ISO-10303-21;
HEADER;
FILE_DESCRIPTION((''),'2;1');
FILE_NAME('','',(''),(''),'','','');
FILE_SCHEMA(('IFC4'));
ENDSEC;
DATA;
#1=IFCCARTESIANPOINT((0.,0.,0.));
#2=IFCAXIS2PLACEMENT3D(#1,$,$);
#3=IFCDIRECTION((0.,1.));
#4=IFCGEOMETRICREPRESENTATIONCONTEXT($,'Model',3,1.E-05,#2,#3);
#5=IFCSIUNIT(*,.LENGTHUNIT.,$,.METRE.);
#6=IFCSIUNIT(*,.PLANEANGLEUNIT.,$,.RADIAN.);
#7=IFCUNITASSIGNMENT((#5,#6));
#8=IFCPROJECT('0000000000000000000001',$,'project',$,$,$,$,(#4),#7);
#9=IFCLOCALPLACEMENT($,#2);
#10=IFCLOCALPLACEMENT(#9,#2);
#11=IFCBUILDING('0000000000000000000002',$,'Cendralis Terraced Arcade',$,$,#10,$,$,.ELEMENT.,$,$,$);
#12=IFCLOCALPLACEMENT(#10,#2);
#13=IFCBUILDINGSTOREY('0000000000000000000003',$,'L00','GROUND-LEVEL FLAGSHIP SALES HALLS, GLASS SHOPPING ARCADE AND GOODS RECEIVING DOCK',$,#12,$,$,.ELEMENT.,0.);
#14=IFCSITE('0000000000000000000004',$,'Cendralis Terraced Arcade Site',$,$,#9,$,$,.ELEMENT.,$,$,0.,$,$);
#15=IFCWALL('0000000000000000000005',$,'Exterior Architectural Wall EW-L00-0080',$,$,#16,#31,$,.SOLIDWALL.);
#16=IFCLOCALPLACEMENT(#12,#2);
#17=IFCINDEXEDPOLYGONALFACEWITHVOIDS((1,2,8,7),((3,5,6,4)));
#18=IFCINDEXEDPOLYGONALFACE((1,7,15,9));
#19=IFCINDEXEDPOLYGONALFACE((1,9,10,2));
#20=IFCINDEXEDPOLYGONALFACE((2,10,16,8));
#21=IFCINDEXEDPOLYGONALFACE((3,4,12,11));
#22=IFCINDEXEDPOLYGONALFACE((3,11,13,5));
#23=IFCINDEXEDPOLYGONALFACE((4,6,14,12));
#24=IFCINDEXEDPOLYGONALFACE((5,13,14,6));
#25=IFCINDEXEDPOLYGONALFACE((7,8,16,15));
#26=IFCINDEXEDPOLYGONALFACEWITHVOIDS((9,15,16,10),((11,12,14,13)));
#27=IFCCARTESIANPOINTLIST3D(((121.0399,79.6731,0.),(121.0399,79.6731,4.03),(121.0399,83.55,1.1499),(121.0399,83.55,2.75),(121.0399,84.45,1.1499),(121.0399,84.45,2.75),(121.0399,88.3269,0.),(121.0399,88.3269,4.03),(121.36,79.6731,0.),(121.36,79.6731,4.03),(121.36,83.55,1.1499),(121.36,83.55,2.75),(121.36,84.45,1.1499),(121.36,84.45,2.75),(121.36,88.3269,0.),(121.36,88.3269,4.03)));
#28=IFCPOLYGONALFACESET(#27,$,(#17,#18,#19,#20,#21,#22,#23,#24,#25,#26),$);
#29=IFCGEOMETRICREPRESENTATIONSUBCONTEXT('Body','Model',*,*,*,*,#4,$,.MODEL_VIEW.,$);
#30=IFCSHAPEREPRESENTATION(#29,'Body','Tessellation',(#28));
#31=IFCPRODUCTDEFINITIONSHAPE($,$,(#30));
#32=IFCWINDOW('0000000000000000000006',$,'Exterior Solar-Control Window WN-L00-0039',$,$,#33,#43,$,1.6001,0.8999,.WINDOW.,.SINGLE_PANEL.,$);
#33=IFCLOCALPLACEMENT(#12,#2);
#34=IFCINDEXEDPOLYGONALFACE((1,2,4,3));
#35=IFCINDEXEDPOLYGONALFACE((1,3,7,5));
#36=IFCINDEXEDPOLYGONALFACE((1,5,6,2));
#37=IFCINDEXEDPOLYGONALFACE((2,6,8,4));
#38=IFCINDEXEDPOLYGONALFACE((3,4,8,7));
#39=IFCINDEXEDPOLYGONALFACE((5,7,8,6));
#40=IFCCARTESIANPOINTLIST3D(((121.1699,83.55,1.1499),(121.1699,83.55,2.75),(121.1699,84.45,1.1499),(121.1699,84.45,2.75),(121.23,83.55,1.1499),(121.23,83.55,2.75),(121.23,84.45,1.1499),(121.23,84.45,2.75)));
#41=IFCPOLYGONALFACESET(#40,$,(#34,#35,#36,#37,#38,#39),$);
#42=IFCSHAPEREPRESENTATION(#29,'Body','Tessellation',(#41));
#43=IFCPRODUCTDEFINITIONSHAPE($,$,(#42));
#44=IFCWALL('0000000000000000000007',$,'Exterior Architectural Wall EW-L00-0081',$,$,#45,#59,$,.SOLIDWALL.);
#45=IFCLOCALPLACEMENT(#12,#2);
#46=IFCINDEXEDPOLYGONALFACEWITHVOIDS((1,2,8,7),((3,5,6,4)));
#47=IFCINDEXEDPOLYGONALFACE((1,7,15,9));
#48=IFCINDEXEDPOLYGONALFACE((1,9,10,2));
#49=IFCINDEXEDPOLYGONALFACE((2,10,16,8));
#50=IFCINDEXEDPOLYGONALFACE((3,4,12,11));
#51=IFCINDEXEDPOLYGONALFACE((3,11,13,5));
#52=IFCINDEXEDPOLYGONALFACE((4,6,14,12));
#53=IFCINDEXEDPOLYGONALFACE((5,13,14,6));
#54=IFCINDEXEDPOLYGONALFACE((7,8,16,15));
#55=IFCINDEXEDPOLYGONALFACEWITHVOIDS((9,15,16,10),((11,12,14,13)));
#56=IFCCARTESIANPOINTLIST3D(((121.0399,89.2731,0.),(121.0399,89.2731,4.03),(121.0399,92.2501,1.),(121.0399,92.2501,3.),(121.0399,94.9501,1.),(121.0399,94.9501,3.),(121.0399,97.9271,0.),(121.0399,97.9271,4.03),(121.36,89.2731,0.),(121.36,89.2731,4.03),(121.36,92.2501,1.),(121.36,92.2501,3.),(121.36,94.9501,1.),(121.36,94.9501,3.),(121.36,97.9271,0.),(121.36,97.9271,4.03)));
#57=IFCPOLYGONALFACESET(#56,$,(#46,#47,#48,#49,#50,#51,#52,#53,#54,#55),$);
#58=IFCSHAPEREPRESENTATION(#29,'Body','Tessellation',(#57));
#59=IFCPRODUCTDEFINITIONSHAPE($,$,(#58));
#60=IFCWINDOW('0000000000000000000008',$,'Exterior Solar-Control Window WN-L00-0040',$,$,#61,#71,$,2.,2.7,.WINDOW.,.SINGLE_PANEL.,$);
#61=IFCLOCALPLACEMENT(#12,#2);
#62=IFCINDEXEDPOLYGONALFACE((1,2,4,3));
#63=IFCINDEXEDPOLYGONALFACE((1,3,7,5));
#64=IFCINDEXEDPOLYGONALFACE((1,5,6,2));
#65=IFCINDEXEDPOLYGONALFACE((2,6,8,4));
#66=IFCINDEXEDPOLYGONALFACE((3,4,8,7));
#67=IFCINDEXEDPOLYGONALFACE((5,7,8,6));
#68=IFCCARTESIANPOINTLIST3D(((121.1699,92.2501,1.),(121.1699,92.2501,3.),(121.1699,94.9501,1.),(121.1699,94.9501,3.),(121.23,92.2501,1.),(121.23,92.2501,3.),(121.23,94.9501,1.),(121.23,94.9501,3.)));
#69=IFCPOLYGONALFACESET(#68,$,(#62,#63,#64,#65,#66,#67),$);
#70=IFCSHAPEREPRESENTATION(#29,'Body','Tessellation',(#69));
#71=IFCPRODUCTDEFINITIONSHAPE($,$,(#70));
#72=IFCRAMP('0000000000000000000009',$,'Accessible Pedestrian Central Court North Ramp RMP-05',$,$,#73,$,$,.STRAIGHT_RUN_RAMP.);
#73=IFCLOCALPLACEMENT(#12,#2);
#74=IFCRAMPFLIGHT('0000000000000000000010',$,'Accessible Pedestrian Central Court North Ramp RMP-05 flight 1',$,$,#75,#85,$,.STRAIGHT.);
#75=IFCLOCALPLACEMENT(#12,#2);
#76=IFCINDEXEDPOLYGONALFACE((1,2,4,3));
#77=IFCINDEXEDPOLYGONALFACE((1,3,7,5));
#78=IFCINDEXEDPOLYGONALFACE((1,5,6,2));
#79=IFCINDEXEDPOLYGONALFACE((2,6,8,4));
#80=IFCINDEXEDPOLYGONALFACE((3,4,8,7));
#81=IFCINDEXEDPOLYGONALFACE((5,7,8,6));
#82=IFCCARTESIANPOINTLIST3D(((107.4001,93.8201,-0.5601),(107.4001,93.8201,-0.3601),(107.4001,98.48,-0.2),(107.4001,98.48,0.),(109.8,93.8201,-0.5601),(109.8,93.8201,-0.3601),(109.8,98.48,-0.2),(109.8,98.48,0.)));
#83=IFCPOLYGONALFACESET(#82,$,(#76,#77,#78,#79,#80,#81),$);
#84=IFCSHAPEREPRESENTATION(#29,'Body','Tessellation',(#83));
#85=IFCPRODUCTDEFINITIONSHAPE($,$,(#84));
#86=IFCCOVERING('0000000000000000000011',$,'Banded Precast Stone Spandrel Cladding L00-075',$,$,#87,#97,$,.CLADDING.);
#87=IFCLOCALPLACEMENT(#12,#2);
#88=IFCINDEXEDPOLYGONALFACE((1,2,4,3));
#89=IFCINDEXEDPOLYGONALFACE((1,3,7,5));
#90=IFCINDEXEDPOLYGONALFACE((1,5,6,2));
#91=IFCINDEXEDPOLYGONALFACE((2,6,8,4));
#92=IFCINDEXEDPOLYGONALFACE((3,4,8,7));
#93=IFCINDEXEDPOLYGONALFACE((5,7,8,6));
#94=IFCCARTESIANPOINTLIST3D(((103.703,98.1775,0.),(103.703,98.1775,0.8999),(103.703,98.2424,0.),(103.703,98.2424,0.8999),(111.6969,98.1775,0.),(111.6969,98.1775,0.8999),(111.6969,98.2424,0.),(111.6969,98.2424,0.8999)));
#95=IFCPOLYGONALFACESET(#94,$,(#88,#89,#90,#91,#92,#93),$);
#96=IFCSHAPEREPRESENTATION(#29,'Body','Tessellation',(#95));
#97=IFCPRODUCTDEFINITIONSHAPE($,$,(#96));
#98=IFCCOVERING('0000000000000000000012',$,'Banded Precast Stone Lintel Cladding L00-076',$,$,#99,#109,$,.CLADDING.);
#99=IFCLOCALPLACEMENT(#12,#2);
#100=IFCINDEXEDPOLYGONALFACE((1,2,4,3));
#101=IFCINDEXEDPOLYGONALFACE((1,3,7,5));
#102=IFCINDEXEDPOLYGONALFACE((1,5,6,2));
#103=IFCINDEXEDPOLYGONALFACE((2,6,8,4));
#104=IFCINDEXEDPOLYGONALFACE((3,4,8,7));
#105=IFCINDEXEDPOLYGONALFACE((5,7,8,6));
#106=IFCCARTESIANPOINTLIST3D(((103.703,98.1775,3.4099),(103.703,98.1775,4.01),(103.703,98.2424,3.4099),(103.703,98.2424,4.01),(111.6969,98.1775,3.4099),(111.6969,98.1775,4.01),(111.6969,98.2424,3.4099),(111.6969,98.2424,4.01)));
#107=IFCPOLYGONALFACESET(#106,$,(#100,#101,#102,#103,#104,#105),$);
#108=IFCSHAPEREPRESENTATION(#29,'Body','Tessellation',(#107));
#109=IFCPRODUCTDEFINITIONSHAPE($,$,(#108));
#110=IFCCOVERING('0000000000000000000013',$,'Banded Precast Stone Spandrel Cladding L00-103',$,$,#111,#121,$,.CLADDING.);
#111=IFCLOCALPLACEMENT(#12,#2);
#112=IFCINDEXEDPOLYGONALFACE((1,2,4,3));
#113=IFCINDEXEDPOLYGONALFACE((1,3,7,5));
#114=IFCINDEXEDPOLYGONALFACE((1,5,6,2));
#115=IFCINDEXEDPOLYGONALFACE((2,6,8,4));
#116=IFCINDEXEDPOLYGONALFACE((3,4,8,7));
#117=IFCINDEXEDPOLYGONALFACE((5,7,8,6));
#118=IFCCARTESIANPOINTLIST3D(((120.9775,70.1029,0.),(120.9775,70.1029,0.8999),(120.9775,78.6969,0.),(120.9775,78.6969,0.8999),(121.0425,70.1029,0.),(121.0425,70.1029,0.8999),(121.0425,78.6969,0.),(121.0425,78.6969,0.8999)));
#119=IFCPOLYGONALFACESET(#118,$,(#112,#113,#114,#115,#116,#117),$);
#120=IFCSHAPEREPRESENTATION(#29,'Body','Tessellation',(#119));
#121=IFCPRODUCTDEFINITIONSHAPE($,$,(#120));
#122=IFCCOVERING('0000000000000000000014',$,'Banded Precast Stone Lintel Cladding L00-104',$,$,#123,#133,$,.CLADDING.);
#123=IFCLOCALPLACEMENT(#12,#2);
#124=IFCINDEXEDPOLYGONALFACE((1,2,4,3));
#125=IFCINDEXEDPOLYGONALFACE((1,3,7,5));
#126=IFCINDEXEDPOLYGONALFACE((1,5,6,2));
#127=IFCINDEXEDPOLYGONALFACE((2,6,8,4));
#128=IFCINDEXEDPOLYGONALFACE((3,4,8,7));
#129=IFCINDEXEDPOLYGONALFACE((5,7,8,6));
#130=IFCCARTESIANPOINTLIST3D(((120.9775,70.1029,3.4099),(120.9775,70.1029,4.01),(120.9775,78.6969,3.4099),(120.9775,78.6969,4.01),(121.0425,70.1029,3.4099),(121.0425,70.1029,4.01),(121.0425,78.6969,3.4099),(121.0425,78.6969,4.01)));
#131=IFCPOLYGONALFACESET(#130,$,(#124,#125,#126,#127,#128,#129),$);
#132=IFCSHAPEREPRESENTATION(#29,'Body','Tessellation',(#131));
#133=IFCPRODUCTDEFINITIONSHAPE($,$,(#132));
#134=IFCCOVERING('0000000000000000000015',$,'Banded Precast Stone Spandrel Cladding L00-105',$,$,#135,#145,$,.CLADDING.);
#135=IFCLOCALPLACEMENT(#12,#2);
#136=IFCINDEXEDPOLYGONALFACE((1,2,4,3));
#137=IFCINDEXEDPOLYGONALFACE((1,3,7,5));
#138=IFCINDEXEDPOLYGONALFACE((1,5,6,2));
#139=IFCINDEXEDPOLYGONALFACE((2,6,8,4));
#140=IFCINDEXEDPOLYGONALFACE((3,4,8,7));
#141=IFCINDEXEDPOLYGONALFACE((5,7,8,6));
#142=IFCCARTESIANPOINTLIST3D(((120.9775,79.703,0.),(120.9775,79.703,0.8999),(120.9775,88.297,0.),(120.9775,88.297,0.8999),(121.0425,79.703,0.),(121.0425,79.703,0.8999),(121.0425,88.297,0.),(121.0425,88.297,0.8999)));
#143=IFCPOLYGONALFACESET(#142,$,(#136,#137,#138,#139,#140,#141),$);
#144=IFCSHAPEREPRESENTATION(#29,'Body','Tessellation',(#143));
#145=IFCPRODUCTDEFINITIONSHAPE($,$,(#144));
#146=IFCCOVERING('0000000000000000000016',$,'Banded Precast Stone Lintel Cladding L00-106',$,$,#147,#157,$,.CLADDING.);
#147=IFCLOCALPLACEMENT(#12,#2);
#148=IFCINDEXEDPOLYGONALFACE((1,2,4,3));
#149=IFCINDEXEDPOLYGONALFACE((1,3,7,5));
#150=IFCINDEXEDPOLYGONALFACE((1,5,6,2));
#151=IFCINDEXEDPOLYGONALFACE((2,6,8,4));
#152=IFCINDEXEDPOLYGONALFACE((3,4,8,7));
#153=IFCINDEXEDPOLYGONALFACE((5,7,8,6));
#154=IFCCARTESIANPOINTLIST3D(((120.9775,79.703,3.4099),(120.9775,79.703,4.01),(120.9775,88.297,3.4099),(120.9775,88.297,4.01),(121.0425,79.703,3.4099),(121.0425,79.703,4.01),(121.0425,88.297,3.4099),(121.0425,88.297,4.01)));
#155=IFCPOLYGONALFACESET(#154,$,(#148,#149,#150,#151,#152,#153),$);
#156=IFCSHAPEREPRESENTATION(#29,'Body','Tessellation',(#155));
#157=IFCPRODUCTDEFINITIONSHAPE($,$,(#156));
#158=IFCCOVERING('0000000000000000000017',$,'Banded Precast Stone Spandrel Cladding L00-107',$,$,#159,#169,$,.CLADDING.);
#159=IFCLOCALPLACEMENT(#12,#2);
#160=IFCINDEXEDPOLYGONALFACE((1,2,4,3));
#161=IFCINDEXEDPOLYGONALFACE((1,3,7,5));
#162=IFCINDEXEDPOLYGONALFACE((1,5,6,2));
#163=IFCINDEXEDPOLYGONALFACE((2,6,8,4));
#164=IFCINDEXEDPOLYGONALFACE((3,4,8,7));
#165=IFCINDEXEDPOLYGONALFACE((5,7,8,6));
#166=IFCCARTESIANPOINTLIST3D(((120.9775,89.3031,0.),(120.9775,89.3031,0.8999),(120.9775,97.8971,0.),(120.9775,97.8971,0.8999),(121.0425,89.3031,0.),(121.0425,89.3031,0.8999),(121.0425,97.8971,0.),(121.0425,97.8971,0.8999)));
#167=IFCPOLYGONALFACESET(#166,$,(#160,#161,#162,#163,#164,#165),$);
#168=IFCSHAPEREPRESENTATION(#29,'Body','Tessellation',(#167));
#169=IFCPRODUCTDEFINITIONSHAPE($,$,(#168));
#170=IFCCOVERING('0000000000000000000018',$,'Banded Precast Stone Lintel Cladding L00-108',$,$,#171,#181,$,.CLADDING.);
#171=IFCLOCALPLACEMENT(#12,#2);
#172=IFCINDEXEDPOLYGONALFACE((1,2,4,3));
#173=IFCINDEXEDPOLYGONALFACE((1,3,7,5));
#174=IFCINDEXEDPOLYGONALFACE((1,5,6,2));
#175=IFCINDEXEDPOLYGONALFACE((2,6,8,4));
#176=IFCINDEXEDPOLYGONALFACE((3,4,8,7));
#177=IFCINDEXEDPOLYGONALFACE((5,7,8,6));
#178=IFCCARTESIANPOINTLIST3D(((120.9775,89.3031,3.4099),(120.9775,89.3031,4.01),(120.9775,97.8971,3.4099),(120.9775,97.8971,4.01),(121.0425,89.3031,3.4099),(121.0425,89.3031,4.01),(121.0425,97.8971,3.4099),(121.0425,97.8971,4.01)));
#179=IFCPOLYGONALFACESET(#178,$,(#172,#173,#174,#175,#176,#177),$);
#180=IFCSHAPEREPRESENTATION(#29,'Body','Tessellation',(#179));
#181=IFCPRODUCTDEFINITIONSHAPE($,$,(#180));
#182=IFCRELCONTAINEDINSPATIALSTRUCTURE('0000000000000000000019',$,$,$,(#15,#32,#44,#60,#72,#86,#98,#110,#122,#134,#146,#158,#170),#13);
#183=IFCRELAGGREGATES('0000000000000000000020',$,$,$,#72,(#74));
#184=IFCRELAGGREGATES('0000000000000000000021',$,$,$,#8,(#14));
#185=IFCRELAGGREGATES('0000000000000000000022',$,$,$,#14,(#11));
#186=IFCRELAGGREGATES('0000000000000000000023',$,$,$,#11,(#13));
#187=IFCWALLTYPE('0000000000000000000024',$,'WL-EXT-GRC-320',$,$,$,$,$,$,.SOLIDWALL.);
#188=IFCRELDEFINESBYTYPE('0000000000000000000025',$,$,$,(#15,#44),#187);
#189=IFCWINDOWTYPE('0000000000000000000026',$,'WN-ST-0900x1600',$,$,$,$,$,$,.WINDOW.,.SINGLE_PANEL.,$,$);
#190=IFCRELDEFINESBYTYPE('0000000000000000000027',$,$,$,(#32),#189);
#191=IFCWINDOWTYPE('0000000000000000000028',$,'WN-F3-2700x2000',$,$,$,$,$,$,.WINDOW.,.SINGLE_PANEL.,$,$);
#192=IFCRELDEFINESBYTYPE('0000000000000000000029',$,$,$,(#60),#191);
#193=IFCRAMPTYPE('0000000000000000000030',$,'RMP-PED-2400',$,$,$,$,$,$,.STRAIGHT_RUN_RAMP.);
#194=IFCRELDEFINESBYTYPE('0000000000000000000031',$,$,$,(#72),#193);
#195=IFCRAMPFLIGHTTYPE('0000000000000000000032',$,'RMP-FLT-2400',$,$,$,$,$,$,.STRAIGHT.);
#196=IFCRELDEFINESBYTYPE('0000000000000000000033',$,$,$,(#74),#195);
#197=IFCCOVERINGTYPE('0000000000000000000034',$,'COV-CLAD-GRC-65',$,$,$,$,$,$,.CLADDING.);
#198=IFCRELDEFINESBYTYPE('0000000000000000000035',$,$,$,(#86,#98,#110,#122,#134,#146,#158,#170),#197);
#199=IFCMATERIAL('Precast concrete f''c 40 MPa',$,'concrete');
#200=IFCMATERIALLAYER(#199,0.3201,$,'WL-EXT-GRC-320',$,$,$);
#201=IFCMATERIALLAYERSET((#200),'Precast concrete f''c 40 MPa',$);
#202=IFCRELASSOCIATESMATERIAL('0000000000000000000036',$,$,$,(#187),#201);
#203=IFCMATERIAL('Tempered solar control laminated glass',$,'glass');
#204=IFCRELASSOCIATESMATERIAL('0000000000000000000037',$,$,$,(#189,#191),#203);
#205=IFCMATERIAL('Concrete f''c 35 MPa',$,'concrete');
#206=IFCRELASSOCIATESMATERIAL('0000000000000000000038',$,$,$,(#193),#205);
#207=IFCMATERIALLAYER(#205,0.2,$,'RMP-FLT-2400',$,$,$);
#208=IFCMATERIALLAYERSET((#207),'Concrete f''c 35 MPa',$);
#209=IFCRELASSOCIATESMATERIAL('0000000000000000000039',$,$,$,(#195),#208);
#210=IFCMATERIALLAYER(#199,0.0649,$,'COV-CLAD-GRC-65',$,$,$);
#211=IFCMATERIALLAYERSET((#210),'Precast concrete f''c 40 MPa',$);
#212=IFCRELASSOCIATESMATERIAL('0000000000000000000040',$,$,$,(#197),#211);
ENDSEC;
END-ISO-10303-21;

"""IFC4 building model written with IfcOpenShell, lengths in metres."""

from ifc_helpers import new_model, si_unit, direction, frame, frame_2d, origin, origin_2d, place, context, subcontext, project, spatial, polyline, rectangle, outline, extrude, material, layer, layer_set, type_object, element, fill, aggregate, save


model = new_model("IFC4")

# Units and contexts
model_context = context("Model", 3, precision=1e-05, world=origin(), true_north=direction((0.0, 1.0)))
body_context = subcontext(model_context, "Body", "Model", "MODEL_VIEW")
ifc_project = project(units=[si_unit("LENGTHUNIT", "METRE"), si_unit("PLANEANGLEUNIT", "RADIAN")], contexts=[model_context])

# Site, building, storey
site_placement = place(None, origin())
site = spatial("IfcSite", under=ifc_project, at=site_placement, Name="Cendralis Terraced Arcade Site", CompositionType="ELEMENT", RefElevation=0.0)
building_placement = place(site_placement, origin())
building = spatial("IfcBuilding", under=site, at=building_placement, Name="Cendralis Terraced Arcade", CompositionType="ELEMENT")
storey_placement = place(building_placement, origin())
storey = spatial("IfcBuildingStorey", under=building, at=storey_placement, Name="L00", Description="GROUND-LEVEL FLAGSHIP SALES HALLS, GLASS SHOPPING ARCADE AND GOODS RECEIVING DOCK", CompositionType="ELEMENT", Elevation=0.0)

# Shared definitions
ifc_material_1 = material(Name="Concrete f'c 35 MPa", Category="concrete")

# Shared definitions
ifc_material_2 = material(Name="Precast concrete f'c 40 MPa", Category="concrete")
ifc_layer_1 = layer(ifc_material_2, 0.3201, Name="WL-EXT-GRC-320")
ifc_layer_set_1 = layer_set([ifc_layer_1], Name="Precast concrete f'c 40 MPa")
wall_type = type_object("IfcWallType", Name="WL-EXT-GRC-320", PredefinedType="SOLIDWALL", material=ifc_layer_set_1)

# Walls, openings, windows
ifc_material_3 = material(Name="Tempered solar control laminated glass", Category="glass")
wall_1_placement = place(storey_placement, frame((121.2, 79.6731, 0.0), z_axis=(0.0, 0.0, 1.0), x_axis=(0.0, 1.0, 0.0)))
wall_1 = element("IfcWall", 1, at=wall_1_placement, inside=storey, type_object=wall_type, Name="Exterior Architectural Wall EW-L00-0080", PredefinedType="SOLIDWALL", context=body_context, shape_type="SweptSolid", body=[
    extrude(rectangle(XDim=8.6538, YDim=0.3201, at=frame_2d((4.3269, 0.0))), origin(), (0.0, 0.0, 1.0), 4.03),
])
opening_1_placement = place(wall_1_placement, frame((3.877, 0.0, 1.1499)))
opening_1 = element("IfcOpeningElement", 2, at=opening_1_placement, cuts=wall_1, PredefinedType="OPENING", context=body_context, shape_type="SweptSolid", body=[
    extrude(rectangle(XDim=0.8999, YDim=1.6001, at=frame_2d((0.45, 0.8))), frame((0.0, 0.1719, 0.0), z_axis=(0.0, -1.0, 0.0), x_axis=(1.0, 0.0, 0.0)), (0.0, 0.0, 1.0), 0.344),
])
window_type_1 = type_object("IfcWindowType", Name="WN-ST-0900x1600", PartitioningType="SINGLE_PANEL", PredefinedType="WINDOW", material=ifc_material_3)
window_1_placement = place(opening_1_placement, origin())
window_1 = element("IfcWindow", 3, at=window_1_placement, inside=storey, type_object=window_type_1, Name="Exterior Solar-Control Window WN-L00-0039", OverallHeight=1.6001, OverallWidth=0.8999, PartitioningType="SINGLE_PANEL", PredefinedType="WINDOW", context=body_context, shape_type="SweptSolid", body=[
    extrude(rectangle(XDim=0.8999, YDim=1.6001, at=frame_2d((0.45, 0.8))), frame((0.0, 0.03, 0.0), z_axis=(0.0, -1.0, 0.0), x_axis=(1.0, 0.0, 0.0)), (0.0, 0.0, 1.0), 0.0601),
])
fill(opening_1, window_1)
wall_2_placement = place(storey_placement, frame((121.2, 89.2729, 0.0), z_axis=(0.0, 0.0, 1.0), x_axis=(0.0, 1.0, 0.0)))
wall_2 = element("IfcWall", 4, at=wall_2_placement, inside=storey, type_object=wall_type, Name="Exterior Architectural Wall EW-L00-0081", PredefinedType="SOLIDWALL", context=body_context, shape_type="SweptSolid", body=[
    extrude(rectangle(XDim=8.6541, YDim=0.3201, at=frame_2d((4.3271, 0.0))), origin(), (0.0, 0.0, 1.0), 4.03),
])
opening_2_placement = place(wall_2_placement, frame((2.9771, 0.0, 1.0)))
opening_2 = element("IfcOpeningElement", 5, at=opening_2_placement, cuts=wall_2, PredefinedType="OPENING", context=body_context, shape_type="SweptSolid", body=[
    extrude(rectangle(XDim=2.7, YDim=2.0, at=frame_2d((1.3501, 1.0))), frame((0.0, 0.1719, 0.0), z_axis=(0.0, -1.0, 0.0), x_axis=(1.0, 0.0, 0.0)), (0.0, 0.0, 1.0), 0.344),
])
window_type_2 = type_object("IfcWindowType", Name="WN-F3-2700x2000", PartitioningType="SINGLE_PANEL", PredefinedType="WINDOW", material=ifc_material_3)
window_2_placement = place(opening_2_placement, origin())
window_2 = element("IfcWindow", 6, at=window_2_placement, inside=storey, type_object=window_type_2, Name="Exterior Solar-Control Window WN-L00-0040", OverallHeight=2.0, OverallWidth=2.7, PartitioningType="SINGLE_PANEL", PredefinedType="WINDOW", context=body_context, shape_type="SweptSolid", body=[
    extrude(rectangle(XDim=2.7, YDim=2.0, at=frame_2d((1.3501, 1.0))), frame((0.0, 0.03, 0.0), z_axis=(0.0, -1.0, 0.0), x_axis=(1.0, 0.0, 0.0)), (0.0, 0.0, 1.0), 0.0601),
])
fill(opening_2, window_2)

# Ramp, ramp flight
ramp_type = type_object("IfcRampType", Name="RMP-PED-2400", PredefinedType="STRAIGHT_RUN_RAMP", material=ifc_material_1)
ramp_placement = place(storey_placement, origin())
ramp = element("IfcRamp", 7, at=ramp_placement, inside=storey, type_object=ramp_type, Name="Accessible Pedestrian Central Court North Ramp RMP-05", PredefinedType="STRAIGHT_RUN_RAMP")
ifc_layer_2 = layer(ifc_material_1, 0.2, Name="RMP-FLT-2400")
ifc_layer_set_2 = layer_set([ifc_layer_2], Name="Concrete f'c 35 MPa")
ramp_flight_type = type_object("IfcRampFlightType", Name="RMP-FLT-2400", PredefinedType="STRAIGHT", material=ifc_layer_set_2)
ramp_flight_placement = place(storey_placement, frame((108.6001, 93.8201, -0.3601), z_axis=(0.0, 0.0, 1.0), x_axis=(0.0, 1.0, 0.0)))
ramp_flight = element("IfcRampFlight", 8, at=ramp_flight_placement, type_object=ramp_flight_type, Name="Accessible Pedestrian Central Court North Ramp RMP-05 flight 1", PredefinedType="STRAIGHT", context=body_context, shape_type="SweptSolid", body=[
    extrude(outline(polyline([(0.0, -0.2), (4.6599, 0.1602), (4.6599, 0.3601), (0.0, 0.0), (0.0, -0.2)])), frame((0.0, 1.2, 0.0), z_axis=(0.0, -1.0, 0.0), x_axis=(1.0, 0.0, 0.0)), (0.0, 0.0, 1.0), 2.3999),
])
aggregate(ramp, [ramp_flight])

# Coverings
ifc_layer_3 = layer(ifc_material_2, 0.0649, Name="COV-CLAD-GRC-65")
ifc_layer_set_3 = layer_set([ifc_layer_3], Name="Precast concrete f'c 40 MPa")
covering_type = type_object("IfcCoveringType", Name="COV-CLAD-GRC-65", PredefinedType="CLADDING", material=ifc_layer_set_3)
covering_1_placement = place(storey_placement, frame((107.7, 98.21, 0.0), z_axis=(0.0, 0.0, 1.0), x_axis=(-1.0, 0.0, 0.0)))
element("IfcCovering", 9, at=covering_1_placement, inside=storey, type_object=covering_type, Name="Banded Precast Stone Spandrel Cladding L00-075", PredefinedType="CLADDING", context=body_context, shape_type="SweptSolid", body=[
    extrude(rectangle(XDim=7.9939, YDim=0.0649, at=origin_2d()), origin(), (0.0, 0.0, 1.0), 0.8999),
])
covering_2_placement = place(storey_placement, frame((107.7, 98.21, 3.4099), z_axis=(0.0, 0.0, 1.0), x_axis=(-1.0, 0.0, 0.0)))
element("IfcCovering", 10, at=covering_2_placement, inside=storey, type_object=covering_type, Name="Banded Precast Stone Lintel Cladding L00-076", PredefinedType="CLADDING", context=body_context, shape_type="SweptSolid", body=[
    extrude(rectangle(XDim=7.9939, YDim=0.0649, at=origin_2d()), origin(), (0.0, 0.0, 1.0), 0.6001),
])
covering_3_placement = place(storey_placement, frame((121.01, 74.3999, 0.0), z_axis=(0.0, 0.0, 1.0), x_axis=(0.0, 1.0, 0.0)))
element("IfcCovering", 11, at=covering_3_placement, inside=storey, type_object=covering_type, Name="Banded Precast Stone Spandrel Cladding L00-103", PredefinedType="CLADDING", context=body_context, shape_type="SweptSolid", body=[
    extrude(rectangle(XDim=8.594, YDim=0.0649, at=origin_2d()), origin(), (0.0, 0.0, 1.0), 0.8999),
])
covering_4_placement = place(storey_placement, frame((121.01, 74.3999, 3.4099), z_axis=(0.0, 0.0, 1.0), x_axis=(0.0, 1.0, 0.0)))
element("IfcCovering", 12, at=covering_4_placement, inside=storey, type_object=covering_type, Name="Banded Precast Stone Lintel Cladding L00-104", PredefinedType="CLADDING", context=body_context, shape_type="SweptSolid", body=[
    extrude(rectangle(XDim=8.594, YDim=0.0649, at=origin_2d()), origin(), (0.0, 0.0, 1.0), 0.6001),
])
covering_5_placement = place(storey_placement, frame((121.01, 84.0, 0.0), z_axis=(0.0, 0.0, 1.0), x_axis=(0.0, 1.0, 0.0)))
element("IfcCovering", 13, at=covering_5_placement, inside=storey, type_object=covering_type, Name="Banded Precast Stone Spandrel Cladding L00-105", PredefinedType="CLADDING", context=body_context, shape_type="SweptSolid", body=[
    extrude(rectangle(XDim=8.594, YDim=0.0649, at=origin_2d()), origin(), (0.0, 0.0, 1.0), 0.8999),
])
covering_6_placement = place(storey_placement, frame((121.01, 84.0, 3.4099), z_axis=(0.0, 0.0, 1.0), x_axis=(0.0, 1.0, 0.0)))
element("IfcCovering", 14, at=covering_6_placement, inside=storey, type_object=covering_type, Name="Banded Precast Stone Lintel Cladding L00-106", PredefinedType="CLADDING", context=body_context, shape_type="SweptSolid", body=[
    extrude(rectangle(XDim=8.594, YDim=0.0649, at=origin_2d()), origin(), (0.0, 0.0, 1.0), 0.6001),
])
covering_7_placement = place(storey_placement, frame((121.01, 93.6001, 0.0), z_axis=(0.0, 0.0, 1.0), x_axis=(0.0, 1.0, 0.0)))
element("IfcCovering", 15, at=covering_7_placement, inside=storey, type_object=covering_type, Name="Banded Precast Stone Spandrel Cladding L00-107", PredefinedType="CLADDING", context=body_context, shape_type="SweptSolid", body=[
    extrude(rectangle(XDim=8.594, YDim=0.0649, at=origin_2d()), origin(), (0.0, 0.0, 1.0), 0.8999),
])
covering_8_placement = place(storey_placement, frame((121.01, 93.6001, 3.4099), z_axis=(0.0, 0.0, 1.0), x_axis=(0.0, 1.0, 0.0)))
element("IfcCovering", 16, at=covering_8_placement, inside=storey, type_object=covering_type, Name="Banded Precast Stone Lintel Cladding L00-108", PredefinedType="CLADDING", context=body_context, shape_type="SweptSolid", body=[
    extrude(rectangle(XDim=8.594, YDim=0.0649, at=origin_2d()), origin(), (0.0, 0.0, 1.0), 0.6001),
])

save(model, "model.ifc")
